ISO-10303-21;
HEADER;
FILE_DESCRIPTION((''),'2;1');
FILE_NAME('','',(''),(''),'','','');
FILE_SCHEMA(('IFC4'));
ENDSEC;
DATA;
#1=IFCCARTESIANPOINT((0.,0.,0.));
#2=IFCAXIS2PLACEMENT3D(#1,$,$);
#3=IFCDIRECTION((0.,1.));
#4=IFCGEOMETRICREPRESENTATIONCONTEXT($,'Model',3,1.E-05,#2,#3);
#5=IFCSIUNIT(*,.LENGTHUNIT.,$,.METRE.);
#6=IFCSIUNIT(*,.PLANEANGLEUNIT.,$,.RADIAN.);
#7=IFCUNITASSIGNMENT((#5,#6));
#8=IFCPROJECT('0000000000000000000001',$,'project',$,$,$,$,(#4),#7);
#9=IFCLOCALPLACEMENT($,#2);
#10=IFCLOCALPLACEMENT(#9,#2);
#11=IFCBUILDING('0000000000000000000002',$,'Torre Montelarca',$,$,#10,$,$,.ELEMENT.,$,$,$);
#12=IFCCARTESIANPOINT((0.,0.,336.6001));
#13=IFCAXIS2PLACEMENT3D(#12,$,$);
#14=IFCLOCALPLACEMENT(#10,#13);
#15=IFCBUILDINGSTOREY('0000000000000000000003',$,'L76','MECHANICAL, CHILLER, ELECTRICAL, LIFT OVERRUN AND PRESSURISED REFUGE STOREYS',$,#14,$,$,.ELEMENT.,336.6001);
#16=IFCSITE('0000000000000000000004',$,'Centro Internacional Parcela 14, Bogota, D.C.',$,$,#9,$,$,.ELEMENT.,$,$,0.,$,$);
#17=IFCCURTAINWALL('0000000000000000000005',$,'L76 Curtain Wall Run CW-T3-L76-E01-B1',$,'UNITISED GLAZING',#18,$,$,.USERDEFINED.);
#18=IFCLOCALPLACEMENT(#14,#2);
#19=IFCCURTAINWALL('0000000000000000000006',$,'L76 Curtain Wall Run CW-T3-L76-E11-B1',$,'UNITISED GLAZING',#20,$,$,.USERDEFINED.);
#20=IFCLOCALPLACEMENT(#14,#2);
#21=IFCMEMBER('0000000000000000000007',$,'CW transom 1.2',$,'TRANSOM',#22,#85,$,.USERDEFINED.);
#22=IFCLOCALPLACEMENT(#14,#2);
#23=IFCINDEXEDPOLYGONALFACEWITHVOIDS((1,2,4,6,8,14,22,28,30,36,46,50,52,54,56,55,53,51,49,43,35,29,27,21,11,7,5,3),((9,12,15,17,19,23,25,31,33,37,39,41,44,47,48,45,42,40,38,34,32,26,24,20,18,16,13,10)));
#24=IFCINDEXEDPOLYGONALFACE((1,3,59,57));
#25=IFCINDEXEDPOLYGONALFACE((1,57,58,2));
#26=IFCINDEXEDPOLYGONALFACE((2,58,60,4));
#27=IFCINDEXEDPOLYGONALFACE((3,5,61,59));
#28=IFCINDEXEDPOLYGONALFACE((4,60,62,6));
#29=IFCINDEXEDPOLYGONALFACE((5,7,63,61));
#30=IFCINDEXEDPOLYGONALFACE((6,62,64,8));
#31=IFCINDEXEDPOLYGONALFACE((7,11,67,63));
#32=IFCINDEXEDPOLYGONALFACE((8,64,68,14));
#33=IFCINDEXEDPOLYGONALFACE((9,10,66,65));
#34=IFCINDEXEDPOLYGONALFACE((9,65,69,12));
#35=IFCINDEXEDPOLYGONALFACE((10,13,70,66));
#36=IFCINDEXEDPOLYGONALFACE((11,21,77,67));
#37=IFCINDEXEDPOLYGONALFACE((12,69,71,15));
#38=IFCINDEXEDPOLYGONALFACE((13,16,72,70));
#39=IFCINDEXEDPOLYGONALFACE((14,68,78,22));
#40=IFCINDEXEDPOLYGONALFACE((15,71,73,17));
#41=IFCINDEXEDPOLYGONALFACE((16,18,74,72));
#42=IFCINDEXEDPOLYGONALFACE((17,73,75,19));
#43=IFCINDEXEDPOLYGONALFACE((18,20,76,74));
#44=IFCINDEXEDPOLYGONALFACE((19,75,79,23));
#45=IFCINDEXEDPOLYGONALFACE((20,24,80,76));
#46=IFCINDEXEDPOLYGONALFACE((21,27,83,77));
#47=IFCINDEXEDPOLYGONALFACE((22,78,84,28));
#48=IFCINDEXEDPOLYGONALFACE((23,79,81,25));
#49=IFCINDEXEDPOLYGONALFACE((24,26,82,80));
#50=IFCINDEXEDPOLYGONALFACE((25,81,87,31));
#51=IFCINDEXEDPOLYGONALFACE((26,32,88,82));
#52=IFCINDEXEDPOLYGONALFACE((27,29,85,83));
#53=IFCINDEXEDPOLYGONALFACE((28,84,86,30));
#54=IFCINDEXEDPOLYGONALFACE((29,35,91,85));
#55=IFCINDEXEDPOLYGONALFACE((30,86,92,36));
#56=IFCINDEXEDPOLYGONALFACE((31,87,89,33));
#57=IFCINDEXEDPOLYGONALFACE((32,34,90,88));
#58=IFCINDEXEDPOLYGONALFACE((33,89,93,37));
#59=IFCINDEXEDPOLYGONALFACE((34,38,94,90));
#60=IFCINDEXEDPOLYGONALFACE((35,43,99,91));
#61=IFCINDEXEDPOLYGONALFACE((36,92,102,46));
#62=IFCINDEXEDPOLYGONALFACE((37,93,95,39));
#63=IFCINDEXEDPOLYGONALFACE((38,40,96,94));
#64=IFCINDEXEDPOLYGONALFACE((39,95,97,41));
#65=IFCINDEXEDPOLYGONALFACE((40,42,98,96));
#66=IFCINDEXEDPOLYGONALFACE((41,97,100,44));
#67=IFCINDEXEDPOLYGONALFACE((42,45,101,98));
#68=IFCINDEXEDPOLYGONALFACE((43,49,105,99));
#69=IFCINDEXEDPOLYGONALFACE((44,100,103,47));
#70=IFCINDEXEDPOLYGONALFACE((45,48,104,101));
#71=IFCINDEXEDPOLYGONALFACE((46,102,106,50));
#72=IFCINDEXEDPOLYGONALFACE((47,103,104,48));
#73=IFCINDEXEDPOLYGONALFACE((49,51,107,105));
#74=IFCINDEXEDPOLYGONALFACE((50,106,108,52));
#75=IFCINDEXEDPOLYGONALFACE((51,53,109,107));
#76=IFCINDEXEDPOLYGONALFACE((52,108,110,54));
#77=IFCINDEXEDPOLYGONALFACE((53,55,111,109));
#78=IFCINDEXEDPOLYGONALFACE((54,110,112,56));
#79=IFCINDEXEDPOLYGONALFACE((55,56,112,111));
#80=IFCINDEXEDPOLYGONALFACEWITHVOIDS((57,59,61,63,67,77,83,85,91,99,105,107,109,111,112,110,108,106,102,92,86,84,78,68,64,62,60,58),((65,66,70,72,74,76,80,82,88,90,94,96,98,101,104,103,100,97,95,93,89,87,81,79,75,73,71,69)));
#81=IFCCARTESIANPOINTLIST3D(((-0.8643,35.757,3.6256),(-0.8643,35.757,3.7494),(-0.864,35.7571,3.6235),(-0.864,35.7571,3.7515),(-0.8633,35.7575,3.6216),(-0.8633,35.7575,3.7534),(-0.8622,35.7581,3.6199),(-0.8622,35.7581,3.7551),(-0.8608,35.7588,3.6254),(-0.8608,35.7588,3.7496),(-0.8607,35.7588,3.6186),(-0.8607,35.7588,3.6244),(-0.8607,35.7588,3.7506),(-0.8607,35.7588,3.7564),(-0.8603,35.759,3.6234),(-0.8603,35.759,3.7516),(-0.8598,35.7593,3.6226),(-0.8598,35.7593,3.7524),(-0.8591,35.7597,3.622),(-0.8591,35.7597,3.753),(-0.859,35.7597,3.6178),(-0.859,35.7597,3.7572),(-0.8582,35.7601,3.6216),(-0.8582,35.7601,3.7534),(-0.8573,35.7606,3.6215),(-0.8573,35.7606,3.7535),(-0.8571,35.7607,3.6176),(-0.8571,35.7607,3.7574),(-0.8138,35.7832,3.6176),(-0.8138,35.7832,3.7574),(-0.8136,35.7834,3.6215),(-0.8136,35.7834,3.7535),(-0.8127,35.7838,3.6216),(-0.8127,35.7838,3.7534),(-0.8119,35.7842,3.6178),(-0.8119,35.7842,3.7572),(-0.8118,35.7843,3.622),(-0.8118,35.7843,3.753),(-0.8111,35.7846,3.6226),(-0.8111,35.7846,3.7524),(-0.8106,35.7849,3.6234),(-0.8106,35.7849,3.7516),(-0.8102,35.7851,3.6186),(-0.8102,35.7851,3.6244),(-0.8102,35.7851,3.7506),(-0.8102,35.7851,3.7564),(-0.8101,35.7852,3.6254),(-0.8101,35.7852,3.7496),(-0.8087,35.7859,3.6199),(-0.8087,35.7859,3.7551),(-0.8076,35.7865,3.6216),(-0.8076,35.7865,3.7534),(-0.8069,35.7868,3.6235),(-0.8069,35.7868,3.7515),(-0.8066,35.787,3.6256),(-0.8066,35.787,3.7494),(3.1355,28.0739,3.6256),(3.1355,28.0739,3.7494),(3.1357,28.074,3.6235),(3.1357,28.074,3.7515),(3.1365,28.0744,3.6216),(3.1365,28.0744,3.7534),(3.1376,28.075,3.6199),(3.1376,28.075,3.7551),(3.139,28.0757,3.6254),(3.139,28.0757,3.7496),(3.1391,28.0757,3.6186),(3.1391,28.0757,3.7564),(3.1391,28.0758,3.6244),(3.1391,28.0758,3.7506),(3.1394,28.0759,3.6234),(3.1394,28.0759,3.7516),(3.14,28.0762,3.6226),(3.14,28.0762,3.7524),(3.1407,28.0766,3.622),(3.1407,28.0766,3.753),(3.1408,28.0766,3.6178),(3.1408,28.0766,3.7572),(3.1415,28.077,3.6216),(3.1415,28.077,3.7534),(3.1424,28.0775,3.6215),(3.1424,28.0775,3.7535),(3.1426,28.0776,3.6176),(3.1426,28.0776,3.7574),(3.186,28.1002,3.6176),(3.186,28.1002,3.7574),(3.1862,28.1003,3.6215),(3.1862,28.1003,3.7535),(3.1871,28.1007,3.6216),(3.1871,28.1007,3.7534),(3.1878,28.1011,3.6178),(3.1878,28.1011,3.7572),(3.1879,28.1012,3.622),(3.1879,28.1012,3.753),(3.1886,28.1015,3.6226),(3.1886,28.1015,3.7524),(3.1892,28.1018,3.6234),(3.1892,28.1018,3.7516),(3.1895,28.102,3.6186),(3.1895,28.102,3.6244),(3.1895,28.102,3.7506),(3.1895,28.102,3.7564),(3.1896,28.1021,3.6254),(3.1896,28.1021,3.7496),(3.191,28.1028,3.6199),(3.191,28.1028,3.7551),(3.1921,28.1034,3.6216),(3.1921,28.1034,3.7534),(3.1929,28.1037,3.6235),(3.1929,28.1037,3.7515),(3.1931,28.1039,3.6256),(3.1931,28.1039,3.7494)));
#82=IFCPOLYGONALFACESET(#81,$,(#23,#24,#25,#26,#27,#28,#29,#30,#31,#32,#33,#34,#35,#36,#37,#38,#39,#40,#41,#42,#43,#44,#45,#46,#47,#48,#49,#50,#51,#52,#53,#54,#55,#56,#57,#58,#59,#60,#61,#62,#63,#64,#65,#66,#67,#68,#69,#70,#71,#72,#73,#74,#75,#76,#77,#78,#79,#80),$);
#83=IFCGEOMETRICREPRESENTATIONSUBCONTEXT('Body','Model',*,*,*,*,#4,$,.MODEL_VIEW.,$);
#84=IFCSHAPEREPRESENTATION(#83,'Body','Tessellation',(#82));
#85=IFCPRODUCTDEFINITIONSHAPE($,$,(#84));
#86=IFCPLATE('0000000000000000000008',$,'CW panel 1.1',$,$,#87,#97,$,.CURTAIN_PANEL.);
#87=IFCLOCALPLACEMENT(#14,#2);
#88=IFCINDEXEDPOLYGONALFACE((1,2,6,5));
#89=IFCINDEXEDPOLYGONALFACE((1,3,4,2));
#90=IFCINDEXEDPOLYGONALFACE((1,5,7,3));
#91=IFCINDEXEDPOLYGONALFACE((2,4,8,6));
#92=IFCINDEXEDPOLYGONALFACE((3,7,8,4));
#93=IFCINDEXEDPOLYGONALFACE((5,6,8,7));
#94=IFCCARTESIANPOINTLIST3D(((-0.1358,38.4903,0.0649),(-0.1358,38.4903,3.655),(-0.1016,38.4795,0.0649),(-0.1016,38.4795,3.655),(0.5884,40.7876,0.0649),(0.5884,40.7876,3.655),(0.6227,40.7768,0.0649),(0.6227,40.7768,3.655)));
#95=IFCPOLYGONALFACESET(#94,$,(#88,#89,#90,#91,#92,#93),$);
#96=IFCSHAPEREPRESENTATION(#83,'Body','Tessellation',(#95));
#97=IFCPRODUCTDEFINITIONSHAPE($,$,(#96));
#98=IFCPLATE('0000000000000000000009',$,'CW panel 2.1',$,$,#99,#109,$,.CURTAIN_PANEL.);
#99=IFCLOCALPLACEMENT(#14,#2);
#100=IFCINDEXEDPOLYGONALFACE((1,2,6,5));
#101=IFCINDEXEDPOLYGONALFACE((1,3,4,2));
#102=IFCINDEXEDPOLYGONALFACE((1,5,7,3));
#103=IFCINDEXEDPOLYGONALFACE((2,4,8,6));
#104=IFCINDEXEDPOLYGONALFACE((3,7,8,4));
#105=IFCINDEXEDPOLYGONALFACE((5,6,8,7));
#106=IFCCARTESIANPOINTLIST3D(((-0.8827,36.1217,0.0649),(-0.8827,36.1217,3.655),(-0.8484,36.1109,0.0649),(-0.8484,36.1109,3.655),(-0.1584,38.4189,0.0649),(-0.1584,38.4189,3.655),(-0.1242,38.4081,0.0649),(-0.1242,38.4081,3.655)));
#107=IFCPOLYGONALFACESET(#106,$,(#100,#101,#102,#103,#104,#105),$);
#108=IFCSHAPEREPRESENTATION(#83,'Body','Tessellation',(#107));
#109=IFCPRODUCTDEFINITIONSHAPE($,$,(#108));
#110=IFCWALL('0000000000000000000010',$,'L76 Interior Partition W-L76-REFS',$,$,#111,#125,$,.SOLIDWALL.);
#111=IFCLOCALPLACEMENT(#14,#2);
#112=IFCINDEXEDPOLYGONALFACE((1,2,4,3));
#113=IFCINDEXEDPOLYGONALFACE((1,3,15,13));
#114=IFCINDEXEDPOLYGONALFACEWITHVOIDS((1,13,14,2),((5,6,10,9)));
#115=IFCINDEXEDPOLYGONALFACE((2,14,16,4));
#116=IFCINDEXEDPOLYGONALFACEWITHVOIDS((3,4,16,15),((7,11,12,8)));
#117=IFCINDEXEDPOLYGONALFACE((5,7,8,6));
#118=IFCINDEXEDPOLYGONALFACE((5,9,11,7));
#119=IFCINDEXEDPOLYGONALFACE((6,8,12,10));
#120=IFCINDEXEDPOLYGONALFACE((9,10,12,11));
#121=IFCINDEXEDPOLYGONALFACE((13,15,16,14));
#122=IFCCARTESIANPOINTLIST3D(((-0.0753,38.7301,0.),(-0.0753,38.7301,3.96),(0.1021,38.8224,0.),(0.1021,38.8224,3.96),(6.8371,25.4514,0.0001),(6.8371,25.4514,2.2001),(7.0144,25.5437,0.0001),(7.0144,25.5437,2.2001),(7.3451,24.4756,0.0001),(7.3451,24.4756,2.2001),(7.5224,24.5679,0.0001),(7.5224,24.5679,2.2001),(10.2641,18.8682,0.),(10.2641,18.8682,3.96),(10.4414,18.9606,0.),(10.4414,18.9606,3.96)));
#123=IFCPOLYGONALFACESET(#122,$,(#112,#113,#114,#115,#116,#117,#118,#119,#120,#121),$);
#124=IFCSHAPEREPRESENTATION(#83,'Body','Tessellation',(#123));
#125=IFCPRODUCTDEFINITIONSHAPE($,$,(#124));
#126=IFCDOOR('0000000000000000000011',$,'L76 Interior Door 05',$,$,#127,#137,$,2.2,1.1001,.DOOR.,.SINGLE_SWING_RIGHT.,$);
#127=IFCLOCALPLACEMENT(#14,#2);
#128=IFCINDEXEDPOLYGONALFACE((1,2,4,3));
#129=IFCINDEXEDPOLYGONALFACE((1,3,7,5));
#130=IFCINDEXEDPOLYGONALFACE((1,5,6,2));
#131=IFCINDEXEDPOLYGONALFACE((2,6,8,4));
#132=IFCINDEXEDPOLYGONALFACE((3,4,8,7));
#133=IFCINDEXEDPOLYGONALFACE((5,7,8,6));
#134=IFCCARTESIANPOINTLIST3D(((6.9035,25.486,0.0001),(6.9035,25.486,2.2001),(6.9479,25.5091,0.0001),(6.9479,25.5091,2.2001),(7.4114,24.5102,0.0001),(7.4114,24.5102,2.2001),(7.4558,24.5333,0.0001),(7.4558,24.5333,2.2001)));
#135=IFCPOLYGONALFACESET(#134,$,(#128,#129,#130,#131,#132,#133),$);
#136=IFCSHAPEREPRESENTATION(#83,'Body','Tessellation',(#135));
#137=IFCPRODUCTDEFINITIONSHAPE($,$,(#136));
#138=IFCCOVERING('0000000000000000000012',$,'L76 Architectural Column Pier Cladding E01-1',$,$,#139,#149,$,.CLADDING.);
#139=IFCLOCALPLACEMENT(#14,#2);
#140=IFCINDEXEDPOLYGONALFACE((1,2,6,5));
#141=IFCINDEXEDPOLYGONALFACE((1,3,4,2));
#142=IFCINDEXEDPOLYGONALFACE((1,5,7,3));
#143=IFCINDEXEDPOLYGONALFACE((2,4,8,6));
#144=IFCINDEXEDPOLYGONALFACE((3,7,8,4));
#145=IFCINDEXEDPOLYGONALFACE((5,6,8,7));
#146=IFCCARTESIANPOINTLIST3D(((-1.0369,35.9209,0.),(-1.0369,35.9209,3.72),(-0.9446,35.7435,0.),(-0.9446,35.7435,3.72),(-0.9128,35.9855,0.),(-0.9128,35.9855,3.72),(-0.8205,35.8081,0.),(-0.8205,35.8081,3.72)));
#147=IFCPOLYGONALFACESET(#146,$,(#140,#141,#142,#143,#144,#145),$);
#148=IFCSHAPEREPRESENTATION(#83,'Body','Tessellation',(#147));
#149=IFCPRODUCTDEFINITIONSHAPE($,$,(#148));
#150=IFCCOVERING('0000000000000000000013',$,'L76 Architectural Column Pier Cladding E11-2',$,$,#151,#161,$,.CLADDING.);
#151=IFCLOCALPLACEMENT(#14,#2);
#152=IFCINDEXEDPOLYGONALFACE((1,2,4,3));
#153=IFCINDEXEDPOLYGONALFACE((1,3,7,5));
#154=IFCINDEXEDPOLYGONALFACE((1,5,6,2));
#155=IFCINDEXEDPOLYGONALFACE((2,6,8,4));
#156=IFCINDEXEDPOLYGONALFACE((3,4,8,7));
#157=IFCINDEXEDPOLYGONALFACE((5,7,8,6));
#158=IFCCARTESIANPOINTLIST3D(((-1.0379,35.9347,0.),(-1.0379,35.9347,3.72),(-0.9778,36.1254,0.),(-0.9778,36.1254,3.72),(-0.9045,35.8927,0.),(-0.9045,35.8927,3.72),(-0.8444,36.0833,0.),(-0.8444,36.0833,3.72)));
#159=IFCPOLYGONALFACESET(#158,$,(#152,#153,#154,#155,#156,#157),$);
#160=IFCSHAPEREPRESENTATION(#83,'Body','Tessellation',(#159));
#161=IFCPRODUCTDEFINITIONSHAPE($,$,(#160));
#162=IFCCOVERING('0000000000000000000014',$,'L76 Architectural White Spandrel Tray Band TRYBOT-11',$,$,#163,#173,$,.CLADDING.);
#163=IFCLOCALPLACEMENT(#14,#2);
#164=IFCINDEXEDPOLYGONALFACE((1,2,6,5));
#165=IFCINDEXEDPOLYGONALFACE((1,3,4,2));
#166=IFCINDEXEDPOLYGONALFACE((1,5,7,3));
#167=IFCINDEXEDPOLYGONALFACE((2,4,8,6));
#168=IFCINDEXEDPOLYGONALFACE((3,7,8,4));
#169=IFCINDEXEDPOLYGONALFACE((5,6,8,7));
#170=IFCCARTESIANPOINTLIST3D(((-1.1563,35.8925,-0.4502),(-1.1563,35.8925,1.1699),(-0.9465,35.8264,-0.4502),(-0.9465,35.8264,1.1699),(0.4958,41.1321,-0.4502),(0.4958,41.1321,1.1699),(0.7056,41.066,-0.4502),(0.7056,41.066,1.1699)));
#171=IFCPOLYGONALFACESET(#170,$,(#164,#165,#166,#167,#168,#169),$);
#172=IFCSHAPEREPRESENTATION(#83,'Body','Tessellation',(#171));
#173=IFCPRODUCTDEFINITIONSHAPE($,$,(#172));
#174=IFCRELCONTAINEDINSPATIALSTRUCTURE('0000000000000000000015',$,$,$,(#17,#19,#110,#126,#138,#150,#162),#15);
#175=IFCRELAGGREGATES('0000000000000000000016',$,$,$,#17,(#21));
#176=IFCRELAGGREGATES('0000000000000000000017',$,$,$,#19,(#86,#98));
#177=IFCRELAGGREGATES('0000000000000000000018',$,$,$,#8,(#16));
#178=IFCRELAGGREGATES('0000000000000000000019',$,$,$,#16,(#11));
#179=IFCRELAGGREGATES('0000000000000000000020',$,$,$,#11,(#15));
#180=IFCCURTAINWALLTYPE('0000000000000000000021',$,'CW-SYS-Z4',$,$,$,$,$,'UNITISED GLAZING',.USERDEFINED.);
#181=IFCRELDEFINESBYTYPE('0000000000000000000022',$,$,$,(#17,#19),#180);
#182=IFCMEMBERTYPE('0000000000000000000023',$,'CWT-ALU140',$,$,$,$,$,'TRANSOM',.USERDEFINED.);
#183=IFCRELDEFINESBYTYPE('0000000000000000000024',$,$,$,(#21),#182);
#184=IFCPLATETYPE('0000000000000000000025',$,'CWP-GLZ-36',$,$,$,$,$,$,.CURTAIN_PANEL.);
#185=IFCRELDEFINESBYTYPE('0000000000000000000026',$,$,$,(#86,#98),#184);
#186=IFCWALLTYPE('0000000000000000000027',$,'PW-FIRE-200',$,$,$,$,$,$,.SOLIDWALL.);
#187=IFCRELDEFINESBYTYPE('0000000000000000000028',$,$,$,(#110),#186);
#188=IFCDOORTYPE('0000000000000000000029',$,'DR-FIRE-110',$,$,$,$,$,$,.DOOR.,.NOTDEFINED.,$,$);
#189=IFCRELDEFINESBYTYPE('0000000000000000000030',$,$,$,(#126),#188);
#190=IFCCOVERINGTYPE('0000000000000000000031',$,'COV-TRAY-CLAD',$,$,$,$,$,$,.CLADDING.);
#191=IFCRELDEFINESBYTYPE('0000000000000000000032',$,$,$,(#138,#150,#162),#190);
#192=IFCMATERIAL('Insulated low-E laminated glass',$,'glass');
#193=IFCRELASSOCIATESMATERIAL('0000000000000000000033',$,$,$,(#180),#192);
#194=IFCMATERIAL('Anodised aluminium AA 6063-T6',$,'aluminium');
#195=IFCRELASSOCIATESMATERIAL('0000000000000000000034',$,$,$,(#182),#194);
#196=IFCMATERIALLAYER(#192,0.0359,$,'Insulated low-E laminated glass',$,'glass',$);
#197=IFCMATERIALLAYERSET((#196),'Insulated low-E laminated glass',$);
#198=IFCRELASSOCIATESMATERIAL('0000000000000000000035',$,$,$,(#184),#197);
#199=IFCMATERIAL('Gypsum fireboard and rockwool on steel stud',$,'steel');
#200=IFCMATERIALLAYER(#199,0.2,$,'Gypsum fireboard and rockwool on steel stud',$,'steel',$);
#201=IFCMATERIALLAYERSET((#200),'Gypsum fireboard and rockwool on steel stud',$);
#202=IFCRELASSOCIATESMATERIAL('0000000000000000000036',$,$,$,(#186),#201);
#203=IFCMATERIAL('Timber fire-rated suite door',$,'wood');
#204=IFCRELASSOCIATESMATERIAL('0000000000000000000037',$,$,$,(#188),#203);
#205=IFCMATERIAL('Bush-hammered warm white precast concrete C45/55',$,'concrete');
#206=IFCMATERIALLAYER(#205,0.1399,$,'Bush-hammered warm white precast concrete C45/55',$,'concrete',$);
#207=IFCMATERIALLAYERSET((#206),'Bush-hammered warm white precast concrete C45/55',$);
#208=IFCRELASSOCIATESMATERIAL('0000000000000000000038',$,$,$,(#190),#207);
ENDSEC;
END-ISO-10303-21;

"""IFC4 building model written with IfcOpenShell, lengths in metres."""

from ifc_helpers import new_model, si_unit, direction, frame, frame_2d, origin, origin_2d, place, context, subcontext, project, spatial, rectangle, hollow_rectangle, extrude, source, transform, mapped, material, layer, layer_set, material_profile, profile_set, type_object, element, fill, aggregate, save


model = new_model("IFC4")

# Units and contexts
model_context = context("Model", 3, precision=1e-05, world=origin(), true_north=direction((0.0, 1.0)))
body_context = subcontext(model_context, "Body", "Model", "MODEL_VIEW")
ifc_project = project(units=[si_unit("LENGTHUNIT", "METRE"), si_unit("PLANEANGLEUNIT", "RADIAN")], contexts=[model_context])

# Site, building, storey
site_placement = place(None, origin())
site = spatial("IfcSite", under=ifc_project, at=site_placement, Name="Centro Internacional Parcela 14, Bogota, D.C.", CompositionType="ELEMENT", RefElevation=0.0)
building_placement = place(site_placement, origin())
building = spatial("IfcBuilding", under=site, at=building_placement, Name="Torre Montelarca", CompositionType="ELEMENT")
storey_placement = place(building_placement, frame((0.0, 0.0, 336.6001)))
storey = spatial("IfcBuildingStorey", under=building, at=storey_placement, Name="L76", Description="MECHANICAL, CHILLER, ELECTRICAL, LIFT OVERRUN AND PRESSURISED REFUGE STOREYS", CompositionType="ELEMENT", Elevation=336.6001)

# Curtain wall
ifc_material_1 = material(Name="Insulated low-E laminated glass", Category="glass")
curtain_wall_type = type_object("IfcCurtainWallType", Name="CW-SYS-Z4", ElementType="UNITISED GLAZING", PredefinedType="USERDEFINED", material=ifc_material_1)
curtain_wall_1_placement = place(storey_placement, origin())
curtain_wall_1 = element("IfcCurtainWall", 1, at=curtain_wall_1_placement, inside=storey, type_object=curtain_wall_type, Name="L76 Curtain Wall Run CW-T3-L76-E01-B1", ObjectType="UNITISED GLAZING", PredefinedType="USERDEFINED")
ifc_material_2 = material(Name="Anodised aluminium AA 6063-T6", Category="aluminium")

# Curtain wall
curtain_wall_2_placement = place(storey_placement, origin())
curtain_wall_2 = element("IfcCurtainWall", 2, at=curtain_wall_2_placement, inside=storey, type_object=curtain_wall_type, Name="L76 Curtain Wall Run CW-T3-L76-E11-B1", ObjectType="UNITISED GLAZING", PredefinedType="USERDEFINED")
ifc_material_profile_1 = material_profile(ifc_material_2, hollow_rectangle(XDim=0.0649, YDim=0.1399, WallThickness=0.0039, InnerFilletRadius=0.0039, OuterFilletRadius=0.0081, at=origin_2d()), Name="ALU65X140X4", Category="aluminium")
ifc_profile_set_1 = profile_set([ifc_material_profile_1], Name="Anodised aluminium AA 6063-T6")
member_type_1 = type_object("IfcMemberType", Name="CWT-ALU140", ElementType="TRANSOM", PredefinedType="USERDEFINED", material=ifc_profile_set_1)

# Member
shared_shape_1 = source(origin(), body_context, "Body", "SweptSolid", [
    extrude(hollow_rectangle(XDim=0.0649, YDim=0.1399, WallThickness=0.0039, InnerFilletRadius=0.0039, OuterFilletRadius=0.0081, at=origin_2d()), origin(), (0.0, 0.0, 1.0), 8.6619),
])
member_1_placement = place(storey_placement, frame((-0.8354, 35.772, 3.6875), z_axis=(0.461765, -0.887002, 0.0), x_axis=(0.887002, 0.461765, 0.0)))
member_1 = element("IfcMember", 3, at=member_1_placement, type_object=member_type_1, Name="CW transom 1.2", ObjectType="TRANSOM", PredefinedType="USERDEFINED", context=body_context, shape_type="MappedRepresentation", body=[
    mapped(shared_shape_1, transform((0.0, 0.0, 0.0), scale=1.0)),
])
aggregate(curtain_wall_1, [member_1])

# Plates
ifc_layer_1 = layer(ifc_material_1, 0.0359, Name="Insulated low-E laminated glass", Category="glass")
ifc_layer_set_1 = layer_set([ifc_layer_1], Name="Insulated low-E laminated glass")
plate_type = type_object("IfcPlateType", Name="CWP-GLZ-36", PredefinedType="CURTAIN_PANEL", material=ifc_layer_set_1)
shared_shape_2 = source(origin(), body_context, "Body", "SweptSolid", [
    extrude(rectangle(XDim=2.4087, YDim=0.0359, at=origin_2d()), origin(), (0.0, 0.0, 1.0), 3.5901),
])
plate_1_placement = place(storey_placement, frame((0.2434, 39.6335, 0.0649), z_axis=(0.0, 0.0, 1.0), x_axis=(-0.300693, -0.953721, 0.0)))
plate_1 = element("IfcPlate", 4, at=plate_1_placement, type_object=plate_type, Name="CW panel 1.1", PredefinedType="CURTAIN_PANEL", context=body_context, shape_type="MappedRepresentation", body=[
    mapped(shared_shape_2, transform((0.0, 0.0, 0.0), scale=1.0)),
])
plate_2_placement = place(storey_placement, frame((-0.5034, 37.2649, 0.0649), z_axis=(0.0, 0.0, 1.0), x_axis=(-0.300693, -0.953721, 0.0)))
plate_2 = element("IfcPlate", 5, at=plate_2_placement, type_object=plate_type, Name="CW panel 2.1", PredefinedType="CURTAIN_PANEL", context=body_context, shape_type="MappedRepresentation", body=[
    mapped(shared_shape_2, transform((0.0, 0.0, 0.0), scale=1.0)),
])
aggregate(curtain_wall_2, [plate_1, plate_2])

# Wall, opening, door
ifc_material_3 = material(Name="Gypsum fireboard and rockwool on steel stud", Category="steel")
ifc_layer_2 = layer(ifc_material_3, 0.2, Name="Gypsum fireboard and rockwool on steel stud", Category="steel")
ifc_layer_set_2 = layer_set([ifc_layer_2], Name="Gypsum fireboard and rockwool on steel stud")
wall_type = type_object("IfcWallType", Name="PW-FIRE-200", PredefinedType="SOLIDWALL", material=ifc_layer_set_2)
wall_placement = place(storey_placement, frame((0.0134, 38.7761, 0.0), z_axis=(0.0, 0.0, 1.0), x_axis=(0.461747, -0.887012, 0.0)))
wall = element("IfcWall", 6, at=wall_placement, inside=storey, type_object=wall_type, Name="L76 Interior Partition W-L76-REFS", PredefinedType="SOLIDWALL", context=body_context, shape_type="SweptSolid", body=[
    extrude(rectangle(XDim=22.3918, YDim=0.2, at=frame_2d((11.1958, 0.0))), origin(), (0.0, 0.0, 1.0), 3.96),
])
opening_placement = place(wall_placement, frame((14.97, 0.0, 0.0)))
opening = element("IfcOpeningElement", 7, at=opening_placement, cuts=wall, PredefinedType="OPENING", context=body_context, shape_type="SweptSolid", body=[
    extrude(rectangle(XDim=1.1001, YDim=2.2, at=frame_2d((0.55, 1.1001))), frame((0.0, 0.1099, 0.0), z_axis=(0.0, -1.0, 0.0), x_axis=(1.0, 0.0, 0.0)), (0.0, 0.0, 1.0), 0.22),
])
ifc_material_4 = material(Name="Timber fire-rated suite door", Category="wood")
door_type = type_object("IfcDoorType", Name="DR-FIRE-110", OperationType="NOTDEFINED", PredefinedType="DOOR", material=ifc_material_4)
shared_shape_3 = source(origin(), body_context, "Body", "SweptSolid", [
    extrude(rectangle(XDim=1.1001, YDim=2.2, at=frame_2d((0.55, 1.1001))), frame((0.0, 0.0249, 0.0), z_axis=(0.0, -1.0, 0.0), x_axis=(1.0, 0.0, 0.0)), (0.0, 0.0, 1.0), 0.05),
])
door_placement = place(opening_placement, origin())
door = element("IfcDoor", 8, at=door_placement, inside=storey, type_object=door_type, Name="L76 Interior Door 05", OperationType="SINGLE_SWING_RIGHT", OverallHeight=2.2, OverallWidth=1.1001, PredefinedType="DOOR", context=body_context, shape_type="MappedRepresentation", body=[
    mapped(shared_shape_3, transform((0.0, 0.0, 0.0), scale=1.0)),
])
fill(opening, door)

# Coverings
ifc_material_5 = material(Name="Bush-hammered warm white precast concrete C45/55", Category="concrete")
ifc_layer_3 = layer(ifc_material_5, 0.1399, Name="Bush-hammered warm white precast concrete C45/55", Category="concrete")
ifc_layer_set_3 = layer_set([ifc_layer_3], Name="Bush-hammered warm white precast concrete C45/55")
covering_type = type_object("IfcCoveringType", Name="COV-TRAY-CLAD", PredefinedType="CLADDING", material=ifc_layer_set_3)
shared_shape_4 = source(origin(), body_context, "Body", "SweptSolid", [
    extrude(rectangle(XDim=0.2, YDim=0.1399, at=origin_2d()), origin(), (0.0, 0.0, 1.0), 3.72),
])
for number, where, z_axis, x_axis, name in (
    (9, (-0.9287, 35.8645, 0.0), (0.0, 0.0, 1.0), (0.461749, -0.887011, 0.0), "L76 Architectural Column Pier Cladding E01-1"),
    (10, (-0.9412, 36.009, 0.0), (0.0, 0.0, 1.0), (-0.300701, -0.953719, 0.0), "L76 Architectural Column Pier Cladding E11-2"),
):
    element("IfcCovering", number, at=place(storey_placement, frame(where, z_axis=z_axis, x_axis=x_axis)), inside=storey, type_object=covering_type, Name=name, PredefinedType="CLADDING", context=body_context, shape_type="MappedRepresentation", body=[
        mapped(shared_shape_4, transform((0.0, 0.0, 0.0), scale=1.0)),
    ])
shared_shape_5 = source(origin(), body_context, "Body", "SweptSolid", [
    extrude(rectangle(XDim=5.4939, YDim=0.22, at=origin_2d()), origin(), (0.0, 0.0, 1.0), 1.6201),
])
covering_placement = place(storey_placement, frame((-0.2253, 38.4792, -0.4502), z_axis=(0.0, 0.0, 1.0), x_axis=(-0.300706, -0.953717, 0.0)))
element("IfcCovering", 11, at=covering_placement, inside=storey, type_object=covering_type, Name="L76 Architectural White Spandrel Tray Band TRYBOT-11", PredefinedType="CLADDING", context=body_context, shape_type="MappedRepresentation", body=[
    mapped(shared_shape_5, transform((0.0, 0.0, 0.0), scale=1.0)),
])

save(model, "model.ifc")
